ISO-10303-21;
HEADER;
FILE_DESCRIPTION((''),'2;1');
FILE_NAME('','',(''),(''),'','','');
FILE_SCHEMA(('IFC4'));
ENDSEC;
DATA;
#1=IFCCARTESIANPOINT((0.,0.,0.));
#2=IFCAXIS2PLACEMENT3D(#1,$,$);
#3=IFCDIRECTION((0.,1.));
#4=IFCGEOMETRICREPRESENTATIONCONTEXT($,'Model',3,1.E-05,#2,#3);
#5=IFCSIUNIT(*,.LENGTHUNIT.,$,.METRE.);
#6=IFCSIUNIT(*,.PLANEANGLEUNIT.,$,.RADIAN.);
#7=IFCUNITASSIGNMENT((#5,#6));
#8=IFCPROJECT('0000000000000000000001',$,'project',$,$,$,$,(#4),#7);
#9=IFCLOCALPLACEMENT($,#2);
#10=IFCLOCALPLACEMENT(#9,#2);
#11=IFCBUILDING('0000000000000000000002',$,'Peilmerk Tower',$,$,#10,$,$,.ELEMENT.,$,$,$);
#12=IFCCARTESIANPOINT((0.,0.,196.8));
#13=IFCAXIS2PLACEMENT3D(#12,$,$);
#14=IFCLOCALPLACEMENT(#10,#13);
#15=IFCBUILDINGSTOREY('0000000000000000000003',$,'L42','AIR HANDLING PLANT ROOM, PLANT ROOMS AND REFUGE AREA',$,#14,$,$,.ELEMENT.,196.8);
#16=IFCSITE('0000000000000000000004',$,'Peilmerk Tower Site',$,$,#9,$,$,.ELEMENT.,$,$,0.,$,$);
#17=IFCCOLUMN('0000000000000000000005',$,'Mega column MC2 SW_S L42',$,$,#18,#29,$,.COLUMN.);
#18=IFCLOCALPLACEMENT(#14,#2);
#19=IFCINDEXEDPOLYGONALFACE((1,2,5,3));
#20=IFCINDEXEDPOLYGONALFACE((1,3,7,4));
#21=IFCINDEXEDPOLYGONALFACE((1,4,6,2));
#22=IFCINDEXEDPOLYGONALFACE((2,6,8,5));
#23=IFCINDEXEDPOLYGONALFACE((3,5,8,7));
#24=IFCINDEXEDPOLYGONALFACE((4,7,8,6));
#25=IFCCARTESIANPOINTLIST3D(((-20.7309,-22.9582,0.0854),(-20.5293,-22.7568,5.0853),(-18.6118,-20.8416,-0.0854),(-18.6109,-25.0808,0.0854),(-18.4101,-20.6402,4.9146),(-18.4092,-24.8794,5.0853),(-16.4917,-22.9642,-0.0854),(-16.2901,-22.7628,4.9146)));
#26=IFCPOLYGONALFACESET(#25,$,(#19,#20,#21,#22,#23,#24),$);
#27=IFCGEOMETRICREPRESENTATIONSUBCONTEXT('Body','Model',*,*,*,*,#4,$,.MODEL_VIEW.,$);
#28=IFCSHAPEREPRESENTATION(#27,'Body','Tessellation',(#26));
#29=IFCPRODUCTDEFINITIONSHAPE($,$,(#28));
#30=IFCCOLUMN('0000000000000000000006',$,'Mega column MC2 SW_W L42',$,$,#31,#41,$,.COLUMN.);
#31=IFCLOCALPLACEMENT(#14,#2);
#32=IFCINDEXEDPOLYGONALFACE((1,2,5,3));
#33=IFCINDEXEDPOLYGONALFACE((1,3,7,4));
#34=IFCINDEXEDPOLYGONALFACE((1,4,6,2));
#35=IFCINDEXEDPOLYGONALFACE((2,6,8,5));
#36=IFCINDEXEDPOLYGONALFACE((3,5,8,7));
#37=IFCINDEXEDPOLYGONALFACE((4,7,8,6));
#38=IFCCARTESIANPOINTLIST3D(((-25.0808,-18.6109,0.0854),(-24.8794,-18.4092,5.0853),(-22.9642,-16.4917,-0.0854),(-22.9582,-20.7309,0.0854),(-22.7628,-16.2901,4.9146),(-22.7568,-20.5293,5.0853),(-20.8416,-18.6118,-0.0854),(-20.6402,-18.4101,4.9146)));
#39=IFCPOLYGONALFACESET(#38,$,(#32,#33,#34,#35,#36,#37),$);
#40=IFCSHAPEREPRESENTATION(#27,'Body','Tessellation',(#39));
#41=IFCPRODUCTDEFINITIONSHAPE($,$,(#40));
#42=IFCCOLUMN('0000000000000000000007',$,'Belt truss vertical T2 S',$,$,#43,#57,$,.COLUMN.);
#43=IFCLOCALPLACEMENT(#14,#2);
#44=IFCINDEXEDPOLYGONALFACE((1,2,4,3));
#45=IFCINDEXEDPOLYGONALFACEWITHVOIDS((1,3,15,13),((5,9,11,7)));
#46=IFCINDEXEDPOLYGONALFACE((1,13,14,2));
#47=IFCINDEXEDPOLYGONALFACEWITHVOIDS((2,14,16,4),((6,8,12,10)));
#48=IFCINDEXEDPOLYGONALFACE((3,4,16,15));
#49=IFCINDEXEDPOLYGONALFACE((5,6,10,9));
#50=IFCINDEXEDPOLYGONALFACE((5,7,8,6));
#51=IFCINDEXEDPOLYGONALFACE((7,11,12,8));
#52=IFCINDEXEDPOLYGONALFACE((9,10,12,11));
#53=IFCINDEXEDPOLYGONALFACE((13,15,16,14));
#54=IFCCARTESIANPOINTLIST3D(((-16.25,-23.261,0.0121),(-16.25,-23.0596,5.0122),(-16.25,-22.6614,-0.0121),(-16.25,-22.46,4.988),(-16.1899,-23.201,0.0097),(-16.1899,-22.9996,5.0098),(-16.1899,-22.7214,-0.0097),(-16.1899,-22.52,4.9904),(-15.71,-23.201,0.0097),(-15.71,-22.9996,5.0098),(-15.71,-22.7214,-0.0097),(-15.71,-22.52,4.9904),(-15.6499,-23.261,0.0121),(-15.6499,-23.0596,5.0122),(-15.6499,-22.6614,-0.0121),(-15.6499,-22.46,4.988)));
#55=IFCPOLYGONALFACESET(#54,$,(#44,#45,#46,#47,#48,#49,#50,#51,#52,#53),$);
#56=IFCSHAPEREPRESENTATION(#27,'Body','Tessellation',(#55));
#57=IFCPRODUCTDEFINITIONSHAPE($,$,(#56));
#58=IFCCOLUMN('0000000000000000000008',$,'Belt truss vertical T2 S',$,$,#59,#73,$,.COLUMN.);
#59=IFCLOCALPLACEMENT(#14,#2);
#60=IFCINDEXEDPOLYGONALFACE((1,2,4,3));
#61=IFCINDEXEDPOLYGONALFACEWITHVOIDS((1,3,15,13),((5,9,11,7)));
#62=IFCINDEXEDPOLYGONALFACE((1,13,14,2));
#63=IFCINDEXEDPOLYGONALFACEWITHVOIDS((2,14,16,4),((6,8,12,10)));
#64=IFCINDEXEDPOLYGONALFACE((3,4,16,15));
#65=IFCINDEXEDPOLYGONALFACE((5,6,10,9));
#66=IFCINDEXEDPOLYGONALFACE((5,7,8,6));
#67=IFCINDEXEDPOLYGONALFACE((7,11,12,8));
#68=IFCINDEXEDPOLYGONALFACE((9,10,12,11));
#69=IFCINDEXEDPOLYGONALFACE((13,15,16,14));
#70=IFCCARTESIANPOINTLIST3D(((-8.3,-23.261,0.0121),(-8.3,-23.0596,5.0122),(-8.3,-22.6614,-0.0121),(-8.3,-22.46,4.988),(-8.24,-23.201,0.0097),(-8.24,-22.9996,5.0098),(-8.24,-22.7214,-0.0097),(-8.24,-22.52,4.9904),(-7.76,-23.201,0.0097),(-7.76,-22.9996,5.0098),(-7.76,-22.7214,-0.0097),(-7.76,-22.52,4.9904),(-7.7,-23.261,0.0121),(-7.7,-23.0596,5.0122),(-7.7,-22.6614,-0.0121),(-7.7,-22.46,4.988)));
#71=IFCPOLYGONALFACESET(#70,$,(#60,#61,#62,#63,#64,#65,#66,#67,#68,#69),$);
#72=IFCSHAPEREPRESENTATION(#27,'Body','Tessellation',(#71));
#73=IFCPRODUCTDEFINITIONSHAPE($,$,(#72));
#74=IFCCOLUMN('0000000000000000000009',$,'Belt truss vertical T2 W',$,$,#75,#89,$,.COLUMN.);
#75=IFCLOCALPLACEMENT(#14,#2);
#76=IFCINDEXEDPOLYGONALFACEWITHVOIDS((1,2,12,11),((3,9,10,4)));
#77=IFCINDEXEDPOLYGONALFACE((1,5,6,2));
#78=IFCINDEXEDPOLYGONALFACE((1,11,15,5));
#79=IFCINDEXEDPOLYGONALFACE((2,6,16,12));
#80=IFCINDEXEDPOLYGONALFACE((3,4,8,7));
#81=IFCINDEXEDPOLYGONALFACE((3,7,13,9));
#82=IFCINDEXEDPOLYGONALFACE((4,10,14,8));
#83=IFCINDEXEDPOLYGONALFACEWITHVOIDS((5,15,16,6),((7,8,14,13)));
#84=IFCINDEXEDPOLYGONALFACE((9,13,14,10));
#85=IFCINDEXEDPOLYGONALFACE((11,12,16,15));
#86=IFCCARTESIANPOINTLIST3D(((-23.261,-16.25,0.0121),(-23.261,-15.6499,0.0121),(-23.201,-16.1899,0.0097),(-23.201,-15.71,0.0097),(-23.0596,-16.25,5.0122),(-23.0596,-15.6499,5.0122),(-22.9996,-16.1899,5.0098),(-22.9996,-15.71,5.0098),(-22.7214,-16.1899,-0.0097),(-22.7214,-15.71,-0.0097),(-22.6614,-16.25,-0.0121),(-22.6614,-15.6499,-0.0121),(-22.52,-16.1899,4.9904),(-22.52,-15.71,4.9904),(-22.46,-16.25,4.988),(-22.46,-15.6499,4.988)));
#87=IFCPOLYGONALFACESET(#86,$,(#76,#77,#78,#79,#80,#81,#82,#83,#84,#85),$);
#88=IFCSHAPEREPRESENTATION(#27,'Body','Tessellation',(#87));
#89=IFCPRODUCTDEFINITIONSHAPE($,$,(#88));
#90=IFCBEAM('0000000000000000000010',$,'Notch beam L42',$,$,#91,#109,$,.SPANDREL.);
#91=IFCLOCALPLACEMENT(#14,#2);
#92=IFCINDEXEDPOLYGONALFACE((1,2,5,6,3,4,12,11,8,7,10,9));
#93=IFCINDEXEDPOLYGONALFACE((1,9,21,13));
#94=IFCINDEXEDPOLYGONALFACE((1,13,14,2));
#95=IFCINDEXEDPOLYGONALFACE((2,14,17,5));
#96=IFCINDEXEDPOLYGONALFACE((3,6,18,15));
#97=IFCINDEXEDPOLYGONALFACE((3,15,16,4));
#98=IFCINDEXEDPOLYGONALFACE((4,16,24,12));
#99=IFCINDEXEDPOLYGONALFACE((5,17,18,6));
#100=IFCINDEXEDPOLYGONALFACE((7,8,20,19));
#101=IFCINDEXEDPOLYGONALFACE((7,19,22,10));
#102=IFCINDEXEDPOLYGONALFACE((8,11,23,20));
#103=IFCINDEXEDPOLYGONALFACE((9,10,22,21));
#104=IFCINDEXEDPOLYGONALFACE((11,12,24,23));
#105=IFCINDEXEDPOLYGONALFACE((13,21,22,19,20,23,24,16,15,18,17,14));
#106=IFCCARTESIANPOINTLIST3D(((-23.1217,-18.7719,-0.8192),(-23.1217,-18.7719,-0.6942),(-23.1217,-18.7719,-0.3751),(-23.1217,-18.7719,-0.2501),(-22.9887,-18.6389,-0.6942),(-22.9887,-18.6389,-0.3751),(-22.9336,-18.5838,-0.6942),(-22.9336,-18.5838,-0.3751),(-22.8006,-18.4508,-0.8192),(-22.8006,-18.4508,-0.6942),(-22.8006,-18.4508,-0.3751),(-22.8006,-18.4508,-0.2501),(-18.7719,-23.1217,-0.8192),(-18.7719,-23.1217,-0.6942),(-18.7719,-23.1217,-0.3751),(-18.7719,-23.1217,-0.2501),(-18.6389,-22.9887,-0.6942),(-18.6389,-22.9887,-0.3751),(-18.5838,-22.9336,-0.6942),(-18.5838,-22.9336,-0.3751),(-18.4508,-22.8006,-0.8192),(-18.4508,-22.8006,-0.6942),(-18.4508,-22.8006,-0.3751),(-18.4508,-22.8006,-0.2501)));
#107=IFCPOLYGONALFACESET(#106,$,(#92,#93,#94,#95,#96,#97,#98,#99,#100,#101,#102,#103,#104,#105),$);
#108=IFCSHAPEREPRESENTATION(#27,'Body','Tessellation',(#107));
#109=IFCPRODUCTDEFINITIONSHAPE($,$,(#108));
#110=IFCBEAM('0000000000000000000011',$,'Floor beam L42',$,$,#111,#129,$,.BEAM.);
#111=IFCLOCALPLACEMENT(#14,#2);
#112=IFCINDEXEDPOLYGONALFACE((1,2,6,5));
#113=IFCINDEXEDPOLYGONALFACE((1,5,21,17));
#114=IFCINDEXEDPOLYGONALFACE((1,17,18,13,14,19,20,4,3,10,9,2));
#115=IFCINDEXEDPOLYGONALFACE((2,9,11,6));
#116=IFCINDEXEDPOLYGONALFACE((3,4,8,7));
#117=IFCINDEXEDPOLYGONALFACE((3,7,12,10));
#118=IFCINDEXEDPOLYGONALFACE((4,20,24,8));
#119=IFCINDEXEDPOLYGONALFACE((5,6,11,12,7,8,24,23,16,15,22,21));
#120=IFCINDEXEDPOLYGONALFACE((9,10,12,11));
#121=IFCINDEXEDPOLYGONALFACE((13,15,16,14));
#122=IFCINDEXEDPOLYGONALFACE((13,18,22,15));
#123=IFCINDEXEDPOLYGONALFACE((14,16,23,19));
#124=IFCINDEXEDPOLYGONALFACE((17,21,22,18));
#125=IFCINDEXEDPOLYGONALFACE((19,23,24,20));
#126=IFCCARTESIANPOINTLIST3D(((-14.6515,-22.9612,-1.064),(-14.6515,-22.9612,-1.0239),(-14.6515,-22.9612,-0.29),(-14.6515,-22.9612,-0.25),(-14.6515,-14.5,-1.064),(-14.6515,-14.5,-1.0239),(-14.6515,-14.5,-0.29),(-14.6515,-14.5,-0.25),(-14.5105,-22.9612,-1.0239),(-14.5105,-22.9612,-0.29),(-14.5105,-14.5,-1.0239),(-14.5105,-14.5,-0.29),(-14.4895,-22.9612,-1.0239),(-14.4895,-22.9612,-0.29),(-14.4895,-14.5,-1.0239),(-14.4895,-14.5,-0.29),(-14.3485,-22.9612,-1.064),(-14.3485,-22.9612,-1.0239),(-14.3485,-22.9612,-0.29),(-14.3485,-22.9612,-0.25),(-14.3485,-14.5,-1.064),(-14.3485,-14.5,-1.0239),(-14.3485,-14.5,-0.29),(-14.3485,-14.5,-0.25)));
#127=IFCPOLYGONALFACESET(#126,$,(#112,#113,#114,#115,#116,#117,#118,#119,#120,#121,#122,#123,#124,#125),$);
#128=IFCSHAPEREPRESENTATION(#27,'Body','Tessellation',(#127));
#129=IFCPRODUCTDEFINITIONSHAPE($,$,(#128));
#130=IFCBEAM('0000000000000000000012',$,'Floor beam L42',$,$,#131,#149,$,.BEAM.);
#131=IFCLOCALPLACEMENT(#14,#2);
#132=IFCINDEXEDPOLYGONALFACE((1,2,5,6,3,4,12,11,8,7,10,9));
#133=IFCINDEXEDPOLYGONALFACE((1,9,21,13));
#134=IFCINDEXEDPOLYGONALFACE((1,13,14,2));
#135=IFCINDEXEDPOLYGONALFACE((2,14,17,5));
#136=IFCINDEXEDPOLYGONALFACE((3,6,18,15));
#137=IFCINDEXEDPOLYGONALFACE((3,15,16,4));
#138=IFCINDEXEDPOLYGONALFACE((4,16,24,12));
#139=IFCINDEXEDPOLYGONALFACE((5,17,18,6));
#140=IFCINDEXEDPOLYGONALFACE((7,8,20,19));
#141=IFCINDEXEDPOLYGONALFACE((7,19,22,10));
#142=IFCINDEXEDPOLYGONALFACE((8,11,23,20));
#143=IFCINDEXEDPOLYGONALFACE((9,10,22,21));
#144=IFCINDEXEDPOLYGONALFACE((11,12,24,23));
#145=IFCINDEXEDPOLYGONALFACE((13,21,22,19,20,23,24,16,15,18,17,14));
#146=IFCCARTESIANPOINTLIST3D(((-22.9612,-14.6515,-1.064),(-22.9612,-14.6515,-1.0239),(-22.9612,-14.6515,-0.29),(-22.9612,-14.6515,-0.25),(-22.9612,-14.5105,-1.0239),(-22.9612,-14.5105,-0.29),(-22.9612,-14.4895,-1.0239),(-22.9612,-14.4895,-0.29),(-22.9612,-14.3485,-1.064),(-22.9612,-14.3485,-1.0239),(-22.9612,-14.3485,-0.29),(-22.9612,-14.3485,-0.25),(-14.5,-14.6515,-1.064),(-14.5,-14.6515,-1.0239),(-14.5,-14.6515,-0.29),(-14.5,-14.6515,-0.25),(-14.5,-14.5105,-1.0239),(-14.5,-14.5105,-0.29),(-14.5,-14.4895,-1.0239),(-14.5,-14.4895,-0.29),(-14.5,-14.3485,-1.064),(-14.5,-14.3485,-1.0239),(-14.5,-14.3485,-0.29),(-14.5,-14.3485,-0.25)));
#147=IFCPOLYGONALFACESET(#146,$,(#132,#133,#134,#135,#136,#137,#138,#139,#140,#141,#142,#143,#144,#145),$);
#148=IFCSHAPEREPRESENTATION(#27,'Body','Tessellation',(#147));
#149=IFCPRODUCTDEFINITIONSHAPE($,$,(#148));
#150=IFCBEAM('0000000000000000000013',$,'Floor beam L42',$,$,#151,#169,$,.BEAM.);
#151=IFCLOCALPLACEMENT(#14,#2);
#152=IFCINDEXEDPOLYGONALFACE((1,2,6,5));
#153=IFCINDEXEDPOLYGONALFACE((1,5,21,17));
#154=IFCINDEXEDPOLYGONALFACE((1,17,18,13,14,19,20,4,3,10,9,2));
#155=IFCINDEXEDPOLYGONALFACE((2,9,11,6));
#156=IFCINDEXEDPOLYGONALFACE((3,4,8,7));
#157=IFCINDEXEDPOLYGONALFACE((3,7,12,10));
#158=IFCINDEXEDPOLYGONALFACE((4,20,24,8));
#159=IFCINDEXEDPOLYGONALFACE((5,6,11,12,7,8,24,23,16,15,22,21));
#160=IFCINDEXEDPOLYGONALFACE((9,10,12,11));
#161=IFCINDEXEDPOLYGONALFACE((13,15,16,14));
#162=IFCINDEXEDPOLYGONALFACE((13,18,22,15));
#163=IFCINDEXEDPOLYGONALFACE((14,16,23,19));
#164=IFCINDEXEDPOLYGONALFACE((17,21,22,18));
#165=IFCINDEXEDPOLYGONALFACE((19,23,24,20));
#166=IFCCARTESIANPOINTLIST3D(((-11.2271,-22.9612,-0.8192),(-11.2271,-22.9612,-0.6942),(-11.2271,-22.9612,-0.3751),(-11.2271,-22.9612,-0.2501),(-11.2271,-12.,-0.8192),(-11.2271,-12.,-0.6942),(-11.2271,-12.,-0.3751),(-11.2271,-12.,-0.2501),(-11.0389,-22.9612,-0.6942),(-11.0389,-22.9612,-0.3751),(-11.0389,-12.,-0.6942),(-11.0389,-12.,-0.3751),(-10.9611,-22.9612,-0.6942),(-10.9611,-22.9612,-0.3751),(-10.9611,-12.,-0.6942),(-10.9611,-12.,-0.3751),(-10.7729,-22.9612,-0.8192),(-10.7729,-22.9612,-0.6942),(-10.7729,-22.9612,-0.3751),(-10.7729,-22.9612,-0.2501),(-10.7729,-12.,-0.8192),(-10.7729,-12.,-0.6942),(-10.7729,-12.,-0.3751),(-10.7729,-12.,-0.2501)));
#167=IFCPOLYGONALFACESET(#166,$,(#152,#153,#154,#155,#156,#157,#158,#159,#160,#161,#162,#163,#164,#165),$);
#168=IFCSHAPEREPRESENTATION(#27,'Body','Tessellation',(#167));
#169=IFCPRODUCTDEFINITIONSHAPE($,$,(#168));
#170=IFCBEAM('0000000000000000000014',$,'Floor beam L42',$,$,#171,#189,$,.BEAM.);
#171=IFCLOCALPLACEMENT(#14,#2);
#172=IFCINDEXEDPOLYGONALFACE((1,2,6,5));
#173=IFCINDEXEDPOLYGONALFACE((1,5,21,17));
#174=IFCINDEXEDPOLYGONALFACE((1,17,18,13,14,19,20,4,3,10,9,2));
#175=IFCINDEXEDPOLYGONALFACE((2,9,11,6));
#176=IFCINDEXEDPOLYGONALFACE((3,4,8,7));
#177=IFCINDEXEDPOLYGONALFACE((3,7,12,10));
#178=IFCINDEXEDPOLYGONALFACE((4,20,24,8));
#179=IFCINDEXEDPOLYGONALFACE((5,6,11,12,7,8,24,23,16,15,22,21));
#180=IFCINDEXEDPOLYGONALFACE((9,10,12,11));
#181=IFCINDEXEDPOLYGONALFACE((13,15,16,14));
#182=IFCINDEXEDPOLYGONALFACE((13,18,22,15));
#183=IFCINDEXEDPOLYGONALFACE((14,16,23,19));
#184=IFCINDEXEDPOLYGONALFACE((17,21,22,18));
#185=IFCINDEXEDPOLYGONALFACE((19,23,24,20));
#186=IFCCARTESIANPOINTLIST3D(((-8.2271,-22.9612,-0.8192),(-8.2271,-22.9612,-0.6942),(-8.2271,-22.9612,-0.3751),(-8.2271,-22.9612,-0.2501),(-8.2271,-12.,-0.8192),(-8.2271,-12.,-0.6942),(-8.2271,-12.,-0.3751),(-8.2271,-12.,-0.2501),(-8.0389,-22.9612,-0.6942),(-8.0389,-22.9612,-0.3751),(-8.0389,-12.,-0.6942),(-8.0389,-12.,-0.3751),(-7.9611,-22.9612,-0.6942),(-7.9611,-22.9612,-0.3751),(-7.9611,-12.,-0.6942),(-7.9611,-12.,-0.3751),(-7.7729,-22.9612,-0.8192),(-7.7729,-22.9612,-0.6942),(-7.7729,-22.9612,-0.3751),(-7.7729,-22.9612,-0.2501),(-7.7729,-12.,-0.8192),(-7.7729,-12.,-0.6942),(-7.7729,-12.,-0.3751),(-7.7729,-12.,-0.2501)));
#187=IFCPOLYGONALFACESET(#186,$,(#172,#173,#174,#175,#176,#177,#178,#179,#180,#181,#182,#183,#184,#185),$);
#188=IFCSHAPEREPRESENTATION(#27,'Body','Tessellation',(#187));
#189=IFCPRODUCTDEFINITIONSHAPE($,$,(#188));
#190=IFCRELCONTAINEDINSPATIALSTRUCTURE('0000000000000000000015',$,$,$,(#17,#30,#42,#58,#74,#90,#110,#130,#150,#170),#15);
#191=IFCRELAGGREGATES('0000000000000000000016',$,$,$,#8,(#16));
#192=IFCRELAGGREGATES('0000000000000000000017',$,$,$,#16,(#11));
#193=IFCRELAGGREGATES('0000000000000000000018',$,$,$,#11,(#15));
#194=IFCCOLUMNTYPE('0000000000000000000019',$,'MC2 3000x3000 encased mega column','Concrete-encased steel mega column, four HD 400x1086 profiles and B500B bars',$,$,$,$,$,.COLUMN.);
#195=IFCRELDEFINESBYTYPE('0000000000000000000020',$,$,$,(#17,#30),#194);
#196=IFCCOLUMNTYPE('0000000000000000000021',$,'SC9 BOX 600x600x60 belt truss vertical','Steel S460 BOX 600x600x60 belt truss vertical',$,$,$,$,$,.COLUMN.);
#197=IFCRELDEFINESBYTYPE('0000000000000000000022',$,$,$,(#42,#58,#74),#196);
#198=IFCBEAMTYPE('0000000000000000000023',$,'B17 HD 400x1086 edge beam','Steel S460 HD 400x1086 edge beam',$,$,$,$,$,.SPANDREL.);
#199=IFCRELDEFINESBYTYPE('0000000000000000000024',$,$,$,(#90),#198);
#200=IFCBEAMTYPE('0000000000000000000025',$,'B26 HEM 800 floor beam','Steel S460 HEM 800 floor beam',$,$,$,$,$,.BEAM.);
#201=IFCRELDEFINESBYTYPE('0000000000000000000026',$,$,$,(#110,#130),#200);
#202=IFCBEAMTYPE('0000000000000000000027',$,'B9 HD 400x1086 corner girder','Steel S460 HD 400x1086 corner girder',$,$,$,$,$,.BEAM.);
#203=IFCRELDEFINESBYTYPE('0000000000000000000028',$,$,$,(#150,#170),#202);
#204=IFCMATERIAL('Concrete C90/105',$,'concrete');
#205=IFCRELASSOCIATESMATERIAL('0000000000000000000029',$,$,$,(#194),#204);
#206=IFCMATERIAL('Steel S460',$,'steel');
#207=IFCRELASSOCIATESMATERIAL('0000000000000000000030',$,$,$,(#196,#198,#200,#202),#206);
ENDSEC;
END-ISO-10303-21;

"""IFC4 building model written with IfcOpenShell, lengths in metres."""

from ifc_helpers import new_model, si_unit, direction, frame, origin, origin_2d, place, context, subcontext, project, spatial, rectangle, hollow_rectangle, i_section, extrude, material, material_profile, profile_set, type_object, element, save


model = new_model("IFC4")

# Units and contexts
model_context = context("Model", 3, precision=1e-05, world=origin(), true_north=direction((0.0, 1.0)))
body_context = subcontext(model_context, "Body", "Model", "MODEL_VIEW")
ifc_project = project(units=[si_unit("LENGTHUNIT", "METRE"), si_unit("PLANEANGLEUNIT", "RADIAN")], contexts=[model_context])

# Site, building, storey
site_placement = place(None, origin())
site = spatial("IfcSite", under=ifc_project, at=site_placement, Name="Peilmerk Tower Site", CompositionType="ELEMENT", RefElevation=0.0)
building_placement = place(site_placement, origin())
building = spatial("IfcBuilding", under=site, at=building_placement, Name="Peilmerk Tower", CompositionType="ELEMENT")
storey_placement = place(building_placement, frame((0.0, 0.0, 196.8)))
storey = spatial("IfcBuildingStorey", under=building, at=storey_placement, Name="L42", Description="AIR HANDLING PLANT ROOM, PLANT ROOMS AND REFUGE AREA", CompositionType="ELEMENT", Elevation=196.8)

# Columns
ifc_material_1 = material(Name="Concrete C90/105", Category="concrete")
ifc_material_profile_1 = material_profile(ifc_material_1, rectangle(XDim=3.0, YDim=3.0, at=origin_2d()), Name="RC 3000x3000")
ifc_profile_set_1 = profile_set([ifc_material_profile_1], Name="Concrete C90/105")
column_type_1 = type_object("IfcColumnType", Name="MC2 3000x3000 encased mega column", Description="Concrete-encased steel mega column, four HD 400x1086 profiles and B500B bars", PredefinedType="COLUMN", material=ifc_profile_set_1)
for number, where, z_axis, x_axis, name in (
    (1, (-18.6113, -22.9612, 0.0), (0.040267, 0.040218, 0.998379), (-0.706678, 0.707535, 0.0), "Mega column MC2 SW_S L42"),
    (2, (-22.9612, -18.6113, 0.0), (0.040218, 0.040267, 0.998379), (-0.707535, 0.706678, 0.0), "Mega column MC2 SW_W L42"),
):
    element("IfcColumn", number, at=place(storey_placement, frame(where, z_axis=z_axis, x_axis=x_axis)), inside=storey, type_object=column_type_1, Name=name, PredefinedType="COLUMN", context=body_context, shape_type="SweptSolid", body=[
        extrude(rectangle(XDim=3.0, YDim=3.0, at=origin_2d()), origin(), (0.0, 0.0, 1.0), 5.0081),
    ])
ifc_material_2 = material(Name="Steel S460", Category="steel")
ifc_material_profile_2 = material_profile(ifc_material_2, hollow_rectangle(XDim=0.6001, YDim=0.6001, WallThickness=0.0601, at=origin_2d()), Name="BOX 600x600x60")
ifc_profile_set_2 = profile_set([ifc_material_profile_2], Name="Steel S460")
column_type_2 = type_object("IfcColumnType", Name="SC9 BOX 600x600x60 belt truss vertical", Description="Steel S460 BOX 600x600x60 belt truss vertical", PredefinedType="COLUMN", material=ifc_profile_set_2)
for number, where, z_axis, x_axis, name in (
    (3, (-15.95, -22.9612, 0.0), (0.0, 0.040251, 0.99919), (-1.0, 0.0, 0.0), "Belt truss vertical T2 S"),
    (4, (-8.0, -22.9612, 0.0), (0.0, 0.040251, 0.99919), (-1.0, 0.0, 0.0), "Belt truss vertical T2 S"),
    (5, (-22.9612, -15.95, 0.0), (0.040251, 0.0, 0.99919), (0.0, 1.0, 0.0), "Belt truss vertical T2 W"),
):
    element("IfcColumn", number, at=place(storey_placement, frame(where, z_axis=z_axis, x_axis=x_axis)), inside=storey, type_object=column_type_2, Name=name, PredefinedType="COLUMN", context=body_context, shape_type="SweptSolid", body=[
        extrude(hollow_rectangle(XDim=0.6001, YDim=0.6001, WallThickness=0.0601, at=origin_2d()), origin(), (0.0, 0.0, 1.0), 5.0042),
    ])

# Beams
ifc_material_profile_3 = material_profile(ifc_material_2, i_section(OverallWidth=0.4541, OverallDepth=0.5691, WebThickness=0.0779, FlangeThickness=0.125, at=origin_2d()), Name="HD 400x1086")
ifc_profile_set_3 = profile_set([ifc_material_profile_3], Name="Steel S460")
beam_type_1 = type_object("IfcBeamType", Name="B17 HD 400x1086 edge beam", Description="Steel S460 HD 400x1086 edge beam", PredefinedType="SPANDREL", material=ifc_profile_set_3)
beam_1_placement = place(storey_placement, frame((-18.6113, -22.9612, -0.5347), z_axis=(-0.707107, 0.707107, 0.0), x_axis=(-0.707107, -0.707107, 0.0)))
element("IfcBeam", 6, at=beam_1_placement, inside=storey, type_object=beam_type_1, Name="Notch beam L42", PredefinedType="SPANDREL", context=body_context, shape_type="SweptSolid", body=[
    extrude(i_section(OverallWidth=0.4541, OverallDepth=0.5691, WebThickness=0.0779, FlangeThickness=0.125, at=origin_2d()), origin(), (0.0, 0.0, 1.0), 6.1516),
])
ifc_material_profile_4 = material_profile(ifc_material_2, i_section(OverallWidth=0.303, OverallDepth=0.814, WebThickness=0.021, FlangeThickness=0.04, at=origin_2d()), Name="HEM 800")
ifc_profile_set_4 = profile_set([ifc_material_profile_4], Name="Steel S460")
beam_type_2 = type_object("IfcBeamType", Name="B26 HEM 800 floor beam", Description="Steel S460 HEM 800 floor beam", PredefinedType="BEAM", material=ifc_profile_set_4)
for number, where, z_axis, x_axis, name in (
    (7, (-14.5, -14.5, -0.657), (0.0, -1.0, 0.0), (1.0, 0.0, 0.0), "Floor beam L42"),
    (8, (-14.5, -14.5, -0.657), (-1.0, 0.0, 0.0), (0.0, -1.0, 0.0), "Floor beam L42"),
):
    element("IfcBeam", number, at=place(storey_placement, frame(where, z_axis=z_axis, x_axis=x_axis)), inside=storey, type_object=beam_type_2, Name=name, PredefinedType="BEAM", context=body_context, shape_type="SweptSolid", body=[
        extrude(i_section(OverallWidth=0.303, OverallDepth=0.814, WebThickness=0.021, FlangeThickness=0.04, at=origin_2d()), origin(), (0.0, 0.0, 1.0), 8.4612),
    ])
ifc_material_profile_5 = material_profile(ifc_material_2, i_section(OverallWidth=0.4541, OverallDepth=0.5691, WebThickness=0.0779, FlangeThickness=0.125, at=origin_2d()), Name="HD 400x1086")
ifc_profile_set_5 = profile_set([ifc_material_profile_5], Name="Steel S460")
beam_type_3 = type_object("IfcBeamType", Name="B9 HD 400x1086 corner girder", Description="Steel S460 HD 400x1086 corner girder", PredefinedType="BEAM", material=ifc_profile_set_5)
for number, where, z_axis, x_axis, name in (
    (9, (-11.0, -12.0, -0.5347), (0.0, -1.0, 0.0), (1.0, 0.0, 0.0), "Floor beam L42"),
    (10, (-8.0, -12.0, -0.5347), (0.0, -1.0, 0.0), (1.0, 0.0, 0.0), "Floor beam L42"),
):
    element("IfcBeam", number, at=place(storey_placement, frame(where, z_axis=z_axis, x_axis=x_axis)), inside=storey, type_object=beam_type_3, Name=name, PredefinedType="BEAM", context=body_context, shape_type="SweptSolid", body=[
        extrude(i_section(OverallWidth=0.4541, OverallDepth=0.5691, WebThickness=0.0779, FlangeThickness=0.125, at=origin_2d()), origin(), (0.0, 0.0, 1.0), 10.9612),
    ])

save(model, "model.ifc")
